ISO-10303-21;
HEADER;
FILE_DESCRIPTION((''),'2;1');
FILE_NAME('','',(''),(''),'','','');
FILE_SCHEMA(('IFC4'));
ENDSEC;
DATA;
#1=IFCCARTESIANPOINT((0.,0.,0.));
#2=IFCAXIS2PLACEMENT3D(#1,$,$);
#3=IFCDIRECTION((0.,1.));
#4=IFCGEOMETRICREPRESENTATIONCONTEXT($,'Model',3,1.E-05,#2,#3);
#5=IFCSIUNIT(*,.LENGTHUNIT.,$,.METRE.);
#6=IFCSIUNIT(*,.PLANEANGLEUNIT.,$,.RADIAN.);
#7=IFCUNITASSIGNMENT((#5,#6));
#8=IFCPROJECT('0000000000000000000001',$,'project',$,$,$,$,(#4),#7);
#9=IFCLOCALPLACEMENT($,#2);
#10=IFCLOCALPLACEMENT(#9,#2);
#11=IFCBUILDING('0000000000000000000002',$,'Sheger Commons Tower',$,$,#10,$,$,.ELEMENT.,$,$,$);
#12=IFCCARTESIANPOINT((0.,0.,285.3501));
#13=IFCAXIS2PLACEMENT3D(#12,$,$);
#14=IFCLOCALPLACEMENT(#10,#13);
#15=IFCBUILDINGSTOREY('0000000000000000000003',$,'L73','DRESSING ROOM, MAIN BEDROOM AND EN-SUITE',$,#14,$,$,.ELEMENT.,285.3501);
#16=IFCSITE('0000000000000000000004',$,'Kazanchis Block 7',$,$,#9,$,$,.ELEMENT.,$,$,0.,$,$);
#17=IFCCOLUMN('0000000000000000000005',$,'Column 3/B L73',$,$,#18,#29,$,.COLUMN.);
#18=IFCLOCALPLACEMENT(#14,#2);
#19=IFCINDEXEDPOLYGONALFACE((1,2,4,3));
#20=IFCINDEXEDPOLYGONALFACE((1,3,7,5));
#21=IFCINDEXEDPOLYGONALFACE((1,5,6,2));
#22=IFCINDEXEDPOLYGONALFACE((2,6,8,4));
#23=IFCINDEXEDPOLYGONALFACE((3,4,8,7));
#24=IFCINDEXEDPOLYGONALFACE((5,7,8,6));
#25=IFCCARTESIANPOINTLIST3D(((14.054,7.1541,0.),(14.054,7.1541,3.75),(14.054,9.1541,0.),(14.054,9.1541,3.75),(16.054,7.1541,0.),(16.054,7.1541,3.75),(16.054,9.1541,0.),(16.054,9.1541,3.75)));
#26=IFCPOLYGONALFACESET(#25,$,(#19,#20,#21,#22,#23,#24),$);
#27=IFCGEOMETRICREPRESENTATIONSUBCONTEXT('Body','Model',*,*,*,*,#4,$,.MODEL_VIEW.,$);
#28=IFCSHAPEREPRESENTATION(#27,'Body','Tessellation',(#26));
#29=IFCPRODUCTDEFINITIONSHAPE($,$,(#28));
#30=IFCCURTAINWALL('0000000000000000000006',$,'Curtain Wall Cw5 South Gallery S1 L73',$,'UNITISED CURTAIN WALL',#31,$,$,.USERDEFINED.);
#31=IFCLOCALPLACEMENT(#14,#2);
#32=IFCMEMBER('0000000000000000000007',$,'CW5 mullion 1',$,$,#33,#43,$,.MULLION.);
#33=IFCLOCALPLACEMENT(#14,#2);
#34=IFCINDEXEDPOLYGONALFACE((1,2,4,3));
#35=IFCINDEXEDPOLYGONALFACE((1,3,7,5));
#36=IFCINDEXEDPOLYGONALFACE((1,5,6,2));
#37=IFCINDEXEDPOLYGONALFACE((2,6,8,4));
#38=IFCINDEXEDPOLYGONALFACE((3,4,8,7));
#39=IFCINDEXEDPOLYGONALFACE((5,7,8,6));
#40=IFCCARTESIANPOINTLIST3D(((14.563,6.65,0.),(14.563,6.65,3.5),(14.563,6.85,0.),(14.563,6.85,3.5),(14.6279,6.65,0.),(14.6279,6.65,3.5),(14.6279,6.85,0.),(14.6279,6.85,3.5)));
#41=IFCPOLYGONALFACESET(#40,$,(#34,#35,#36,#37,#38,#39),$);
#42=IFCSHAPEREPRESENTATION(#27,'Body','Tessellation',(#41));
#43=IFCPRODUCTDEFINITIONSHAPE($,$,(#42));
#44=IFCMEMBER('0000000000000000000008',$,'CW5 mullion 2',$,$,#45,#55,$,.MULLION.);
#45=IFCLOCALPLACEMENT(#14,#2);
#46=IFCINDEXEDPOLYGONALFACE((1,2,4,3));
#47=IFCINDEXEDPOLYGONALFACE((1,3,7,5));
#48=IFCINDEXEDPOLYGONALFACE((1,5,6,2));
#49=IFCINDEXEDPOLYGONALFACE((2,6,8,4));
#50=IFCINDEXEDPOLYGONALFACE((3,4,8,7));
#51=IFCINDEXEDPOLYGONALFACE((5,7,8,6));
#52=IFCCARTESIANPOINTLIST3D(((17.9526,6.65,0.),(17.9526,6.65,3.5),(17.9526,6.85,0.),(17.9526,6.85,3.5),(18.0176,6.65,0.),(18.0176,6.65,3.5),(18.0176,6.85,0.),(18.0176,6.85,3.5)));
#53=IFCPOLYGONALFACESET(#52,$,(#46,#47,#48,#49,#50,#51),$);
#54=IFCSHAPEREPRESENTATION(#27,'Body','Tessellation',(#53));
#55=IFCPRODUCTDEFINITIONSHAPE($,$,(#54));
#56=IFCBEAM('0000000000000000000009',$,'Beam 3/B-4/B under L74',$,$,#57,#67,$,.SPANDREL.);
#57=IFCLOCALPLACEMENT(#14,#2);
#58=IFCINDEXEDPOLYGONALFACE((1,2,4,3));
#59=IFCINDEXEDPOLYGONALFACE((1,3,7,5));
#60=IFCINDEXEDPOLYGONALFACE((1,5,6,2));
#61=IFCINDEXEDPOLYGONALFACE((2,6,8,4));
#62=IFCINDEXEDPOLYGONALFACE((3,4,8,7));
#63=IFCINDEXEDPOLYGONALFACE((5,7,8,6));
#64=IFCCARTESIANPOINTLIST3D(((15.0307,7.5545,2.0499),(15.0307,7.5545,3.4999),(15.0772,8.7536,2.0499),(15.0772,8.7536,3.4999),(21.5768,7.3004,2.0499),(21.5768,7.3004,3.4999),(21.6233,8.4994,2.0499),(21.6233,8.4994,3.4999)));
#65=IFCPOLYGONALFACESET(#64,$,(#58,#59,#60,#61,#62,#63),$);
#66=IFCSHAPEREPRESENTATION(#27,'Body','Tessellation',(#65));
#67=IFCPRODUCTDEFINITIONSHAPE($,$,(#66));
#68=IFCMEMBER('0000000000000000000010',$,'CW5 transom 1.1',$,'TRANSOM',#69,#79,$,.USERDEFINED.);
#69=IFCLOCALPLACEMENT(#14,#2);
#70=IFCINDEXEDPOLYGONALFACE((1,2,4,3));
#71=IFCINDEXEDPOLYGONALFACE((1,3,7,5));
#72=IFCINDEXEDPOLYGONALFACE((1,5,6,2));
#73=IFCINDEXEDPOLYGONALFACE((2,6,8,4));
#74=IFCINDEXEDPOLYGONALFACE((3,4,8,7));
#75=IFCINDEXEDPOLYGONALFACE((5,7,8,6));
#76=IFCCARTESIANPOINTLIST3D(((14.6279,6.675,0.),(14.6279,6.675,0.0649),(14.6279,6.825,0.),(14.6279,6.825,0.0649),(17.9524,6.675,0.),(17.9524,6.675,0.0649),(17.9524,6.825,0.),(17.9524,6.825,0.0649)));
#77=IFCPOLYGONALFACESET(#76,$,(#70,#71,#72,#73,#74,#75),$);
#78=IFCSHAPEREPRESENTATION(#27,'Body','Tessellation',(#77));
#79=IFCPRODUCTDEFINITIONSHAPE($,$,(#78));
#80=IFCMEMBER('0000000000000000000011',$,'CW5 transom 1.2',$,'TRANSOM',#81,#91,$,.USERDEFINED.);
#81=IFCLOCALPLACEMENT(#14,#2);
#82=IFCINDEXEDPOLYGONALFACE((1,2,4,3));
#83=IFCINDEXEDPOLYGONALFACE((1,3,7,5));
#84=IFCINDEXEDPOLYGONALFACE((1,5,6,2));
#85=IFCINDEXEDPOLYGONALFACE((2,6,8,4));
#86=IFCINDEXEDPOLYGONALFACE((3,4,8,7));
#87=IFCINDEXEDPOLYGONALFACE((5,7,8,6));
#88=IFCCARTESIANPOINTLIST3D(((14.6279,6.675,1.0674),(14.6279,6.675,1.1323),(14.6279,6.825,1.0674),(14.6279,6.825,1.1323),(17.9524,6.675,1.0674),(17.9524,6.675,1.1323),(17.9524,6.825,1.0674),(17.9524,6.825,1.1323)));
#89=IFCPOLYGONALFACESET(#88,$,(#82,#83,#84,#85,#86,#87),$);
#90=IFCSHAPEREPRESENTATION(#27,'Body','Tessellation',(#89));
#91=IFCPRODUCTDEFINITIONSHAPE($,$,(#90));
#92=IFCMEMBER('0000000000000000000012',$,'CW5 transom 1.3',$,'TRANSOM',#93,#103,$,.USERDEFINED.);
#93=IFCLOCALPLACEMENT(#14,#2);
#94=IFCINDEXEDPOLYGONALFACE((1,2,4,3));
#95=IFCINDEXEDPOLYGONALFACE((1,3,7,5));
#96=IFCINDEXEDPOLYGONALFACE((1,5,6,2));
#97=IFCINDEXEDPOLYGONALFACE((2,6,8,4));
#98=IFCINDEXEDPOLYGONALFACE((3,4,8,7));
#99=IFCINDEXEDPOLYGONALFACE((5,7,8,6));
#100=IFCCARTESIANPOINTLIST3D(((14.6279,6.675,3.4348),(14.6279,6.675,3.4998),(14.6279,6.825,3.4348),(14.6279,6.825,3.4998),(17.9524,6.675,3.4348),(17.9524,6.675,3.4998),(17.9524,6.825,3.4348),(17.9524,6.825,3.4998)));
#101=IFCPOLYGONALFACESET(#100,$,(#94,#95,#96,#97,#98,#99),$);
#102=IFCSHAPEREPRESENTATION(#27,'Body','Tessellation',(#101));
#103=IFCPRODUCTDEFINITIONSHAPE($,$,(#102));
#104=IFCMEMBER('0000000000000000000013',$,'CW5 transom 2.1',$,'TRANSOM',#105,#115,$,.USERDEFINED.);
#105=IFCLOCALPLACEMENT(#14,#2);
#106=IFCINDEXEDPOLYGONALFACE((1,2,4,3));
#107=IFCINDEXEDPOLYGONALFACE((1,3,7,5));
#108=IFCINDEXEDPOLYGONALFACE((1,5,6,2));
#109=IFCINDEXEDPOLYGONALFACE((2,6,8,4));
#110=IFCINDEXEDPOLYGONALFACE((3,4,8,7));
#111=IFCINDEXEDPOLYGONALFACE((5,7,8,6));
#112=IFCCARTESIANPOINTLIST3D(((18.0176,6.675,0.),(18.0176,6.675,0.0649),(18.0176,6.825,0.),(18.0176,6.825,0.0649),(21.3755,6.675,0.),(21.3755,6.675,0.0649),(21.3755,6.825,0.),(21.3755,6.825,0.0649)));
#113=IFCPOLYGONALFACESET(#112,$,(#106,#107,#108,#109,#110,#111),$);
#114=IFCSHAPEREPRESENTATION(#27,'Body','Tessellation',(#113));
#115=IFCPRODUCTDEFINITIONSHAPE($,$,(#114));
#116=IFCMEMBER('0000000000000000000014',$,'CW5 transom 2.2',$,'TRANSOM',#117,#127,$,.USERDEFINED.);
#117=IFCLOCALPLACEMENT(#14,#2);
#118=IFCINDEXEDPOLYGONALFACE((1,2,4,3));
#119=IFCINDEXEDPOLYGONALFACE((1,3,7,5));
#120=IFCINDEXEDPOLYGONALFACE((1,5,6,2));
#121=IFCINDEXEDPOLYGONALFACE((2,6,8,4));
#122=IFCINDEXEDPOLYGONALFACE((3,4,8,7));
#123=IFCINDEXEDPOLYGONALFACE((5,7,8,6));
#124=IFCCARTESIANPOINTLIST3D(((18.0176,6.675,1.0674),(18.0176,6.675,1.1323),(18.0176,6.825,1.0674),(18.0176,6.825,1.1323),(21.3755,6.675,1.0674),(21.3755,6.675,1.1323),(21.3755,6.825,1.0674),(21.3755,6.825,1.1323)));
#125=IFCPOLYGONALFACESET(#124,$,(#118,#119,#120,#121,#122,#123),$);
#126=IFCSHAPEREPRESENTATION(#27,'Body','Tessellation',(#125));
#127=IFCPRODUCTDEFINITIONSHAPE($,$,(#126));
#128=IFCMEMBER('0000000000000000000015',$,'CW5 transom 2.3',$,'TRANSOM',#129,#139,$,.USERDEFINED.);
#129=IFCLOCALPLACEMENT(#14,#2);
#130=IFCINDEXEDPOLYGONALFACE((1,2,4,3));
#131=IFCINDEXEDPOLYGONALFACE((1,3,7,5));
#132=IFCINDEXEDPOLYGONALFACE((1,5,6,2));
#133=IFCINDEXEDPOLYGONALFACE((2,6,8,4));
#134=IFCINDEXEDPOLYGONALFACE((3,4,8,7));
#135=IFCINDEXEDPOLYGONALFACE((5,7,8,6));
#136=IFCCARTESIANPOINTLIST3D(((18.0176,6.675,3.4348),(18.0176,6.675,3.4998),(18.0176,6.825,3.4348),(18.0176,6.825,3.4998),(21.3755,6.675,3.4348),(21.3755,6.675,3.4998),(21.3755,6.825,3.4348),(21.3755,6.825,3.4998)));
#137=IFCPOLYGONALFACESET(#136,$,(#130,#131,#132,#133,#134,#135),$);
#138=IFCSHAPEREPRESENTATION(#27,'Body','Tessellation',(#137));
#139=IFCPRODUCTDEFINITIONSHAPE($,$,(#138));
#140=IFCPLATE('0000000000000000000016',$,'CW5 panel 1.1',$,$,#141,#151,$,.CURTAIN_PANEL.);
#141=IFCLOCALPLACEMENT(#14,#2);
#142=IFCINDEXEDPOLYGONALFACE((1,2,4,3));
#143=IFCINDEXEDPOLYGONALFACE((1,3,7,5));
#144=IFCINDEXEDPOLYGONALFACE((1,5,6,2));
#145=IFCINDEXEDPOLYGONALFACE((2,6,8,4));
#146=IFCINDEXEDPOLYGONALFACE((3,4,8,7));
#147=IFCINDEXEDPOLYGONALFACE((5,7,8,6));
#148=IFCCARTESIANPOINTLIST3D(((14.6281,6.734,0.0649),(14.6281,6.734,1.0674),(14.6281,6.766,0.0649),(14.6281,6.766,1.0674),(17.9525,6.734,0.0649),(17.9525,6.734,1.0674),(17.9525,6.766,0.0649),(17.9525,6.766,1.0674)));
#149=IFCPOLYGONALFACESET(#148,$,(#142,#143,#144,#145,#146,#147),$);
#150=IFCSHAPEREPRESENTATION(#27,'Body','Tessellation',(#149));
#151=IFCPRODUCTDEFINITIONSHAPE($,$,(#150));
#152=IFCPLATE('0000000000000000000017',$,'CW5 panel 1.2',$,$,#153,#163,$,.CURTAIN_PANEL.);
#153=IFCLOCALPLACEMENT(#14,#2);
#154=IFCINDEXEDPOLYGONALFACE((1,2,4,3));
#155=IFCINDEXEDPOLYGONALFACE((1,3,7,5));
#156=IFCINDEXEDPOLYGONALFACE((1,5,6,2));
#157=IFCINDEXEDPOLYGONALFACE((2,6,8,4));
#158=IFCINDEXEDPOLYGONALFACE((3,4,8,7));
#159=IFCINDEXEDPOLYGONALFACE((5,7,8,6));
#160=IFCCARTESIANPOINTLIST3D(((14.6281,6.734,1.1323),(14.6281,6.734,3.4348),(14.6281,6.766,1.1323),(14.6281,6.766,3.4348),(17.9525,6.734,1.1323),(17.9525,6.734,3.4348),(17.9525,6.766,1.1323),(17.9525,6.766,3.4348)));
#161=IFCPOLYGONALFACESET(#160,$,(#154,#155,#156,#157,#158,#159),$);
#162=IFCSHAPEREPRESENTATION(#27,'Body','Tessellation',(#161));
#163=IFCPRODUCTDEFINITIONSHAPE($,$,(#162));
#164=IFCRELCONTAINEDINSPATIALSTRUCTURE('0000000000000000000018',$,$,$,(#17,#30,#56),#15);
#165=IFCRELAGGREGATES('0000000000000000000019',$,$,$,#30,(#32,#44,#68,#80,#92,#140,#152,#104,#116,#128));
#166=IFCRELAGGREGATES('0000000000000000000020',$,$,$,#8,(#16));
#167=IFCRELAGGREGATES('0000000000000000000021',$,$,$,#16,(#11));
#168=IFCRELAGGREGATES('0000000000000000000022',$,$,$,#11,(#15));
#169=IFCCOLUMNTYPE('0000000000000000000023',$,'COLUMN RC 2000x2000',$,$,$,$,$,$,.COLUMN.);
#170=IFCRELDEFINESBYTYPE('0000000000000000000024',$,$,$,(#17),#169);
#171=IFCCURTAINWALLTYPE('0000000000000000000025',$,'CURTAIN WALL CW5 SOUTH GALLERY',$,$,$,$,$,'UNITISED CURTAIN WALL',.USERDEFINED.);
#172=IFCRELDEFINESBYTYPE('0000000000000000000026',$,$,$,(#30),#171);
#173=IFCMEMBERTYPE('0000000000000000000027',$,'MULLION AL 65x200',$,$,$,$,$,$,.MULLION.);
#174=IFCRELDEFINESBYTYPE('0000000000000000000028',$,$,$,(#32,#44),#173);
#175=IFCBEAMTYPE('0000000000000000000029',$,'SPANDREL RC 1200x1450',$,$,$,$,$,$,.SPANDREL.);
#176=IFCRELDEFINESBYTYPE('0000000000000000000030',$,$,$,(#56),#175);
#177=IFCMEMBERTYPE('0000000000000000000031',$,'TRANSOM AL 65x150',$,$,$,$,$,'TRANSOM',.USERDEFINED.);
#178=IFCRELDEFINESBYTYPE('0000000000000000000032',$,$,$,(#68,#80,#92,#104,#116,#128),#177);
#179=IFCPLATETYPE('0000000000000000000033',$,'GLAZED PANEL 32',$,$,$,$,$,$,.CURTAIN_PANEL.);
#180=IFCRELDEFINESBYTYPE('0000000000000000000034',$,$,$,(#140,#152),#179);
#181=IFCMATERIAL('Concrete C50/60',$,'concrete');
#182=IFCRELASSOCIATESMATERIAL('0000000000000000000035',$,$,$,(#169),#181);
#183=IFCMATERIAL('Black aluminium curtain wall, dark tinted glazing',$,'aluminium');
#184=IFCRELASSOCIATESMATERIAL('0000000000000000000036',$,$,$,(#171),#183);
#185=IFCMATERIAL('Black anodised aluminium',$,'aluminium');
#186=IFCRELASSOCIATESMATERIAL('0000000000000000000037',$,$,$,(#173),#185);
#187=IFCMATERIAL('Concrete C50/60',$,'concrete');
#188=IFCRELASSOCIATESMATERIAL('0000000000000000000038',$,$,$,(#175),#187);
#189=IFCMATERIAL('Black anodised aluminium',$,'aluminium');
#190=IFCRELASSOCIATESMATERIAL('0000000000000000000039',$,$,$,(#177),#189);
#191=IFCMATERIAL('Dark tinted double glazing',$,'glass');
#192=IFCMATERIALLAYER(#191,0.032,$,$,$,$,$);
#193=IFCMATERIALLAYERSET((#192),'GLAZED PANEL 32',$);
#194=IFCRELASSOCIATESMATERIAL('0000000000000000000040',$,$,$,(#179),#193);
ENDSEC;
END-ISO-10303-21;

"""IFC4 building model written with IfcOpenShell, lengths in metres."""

from ifc_helpers import new_model, si_unit, direction, frame, origin, origin_2d, place, context, subcontext, project, spatial, rectangle, extrude, material, layer, layer_set, material_profile, profile_set, type_object, element, aggregate, save


model = new_model("IFC4")

# Units and contexts
model_context = context("Model", 3, precision=1e-05, world=origin(), true_north=direction((0.0, 1.0)))
body_context = subcontext(model_context, "Body", "Model", "MODEL_VIEW")
ifc_project = project(units=[si_unit("LENGTHUNIT", "METRE"), si_unit("PLANEANGLEUNIT", "RADIAN")], contexts=[model_context])

# Site, building, storey
site_placement = place(None, origin())
site = spatial("IfcSite", under=ifc_project, at=site_placement, Name="Kazanchis Block 7", CompositionType="ELEMENT", RefElevation=0.0)
building_placement = place(site_placement, origin())
building = spatial("IfcBuilding", under=site, at=building_placement, Name="Sheger Commons Tower", CompositionType="ELEMENT")
storey_placement = place(building_placement, frame((0.0, 0.0, 285.3501)))
storey = spatial("IfcBuildingStorey", under=building, at=storey_placement, Name="L73", Description="DRESSING ROOM, MAIN BEDROOM AND EN-SUITE", CompositionType="ELEMENT", Elevation=285.3501)

# Column
ifc_material_1 = material(Name="Concrete C50/60", Category="concrete")
ifc_material_profile_1 = material_profile(ifc_material_1, rectangle(XDim=2.0, YDim=2.0, at=origin_2d()), Name="RC 2000x2000")
ifc_profile_set_1 = profile_set([ifc_material_profile_1], Name="Concrete C50/60")
column_type = type_object("IfcColumnType", Name="COLUMN RC 2000x2000", PredefinedType="COLUMN", material=ifc_profile_set_1)
column_placement = place(storey_placement, frame((15.054, 8.1541, 0.0), z_axis=(0.0, 0.0, 1.0), x_axis=(1.0, 0.0, 0.0)))
element("IfcColumn", 1, at=column_placement, inside=storey, type_object=column_type, Name="Column 3/B L73", PredefinedType="COLUMN", context=body_context, shape_type="SweptSolid", body=[
    extrude(rectangle(XDim=2.0, YDim=2.0, at=origin_2d()), origin(), (0.0, 0.0, 1.0), 3.75),
])

# Curtain wall, members
ifc_material_2 = material(Name="Black aluminium curtain wall, dark tinted glazing", Category="aluminium")
curtain_wall_type = type_object("IfcCurtainWallType", Name="CURTAIN WALL CW5 SOUTH GALLERY", ElementType="UNITISED CURTAIN WALL", PredefinedType="USERDEFINED", material=ifc_material_2)
curtain_wall_placement = place(storey_placement, origin())
curtain_wall = element("IfcCurtainWall", 2, at=curtain_wall_placement, inside=storey, type_object=curtain_wall_type, Name="Curtain Wall Cw5 South Gallery S1 L73", ObjectType="UNITISED CURTAIN WALL", PredefinedType="USERDEFINED")
ifc_material_3 = material(Name="Black anodised aluminium", Category="aluminium")
ifc_material_profile_2 = material_profile(ifc_material_3, rectangle(XDim=0.2, YDim=0.0649, at=origin_2d()), Name="AL 65x200")
ifc_profile_set_2 = profile_set([ifc_material_profile_2], Name="Black anodised aluminium")
member_type_1 = type_object("IfcMemberType", Name="MULLION AL 65x200", PredefinedType="MULLION", material=ifc_profile_set_2)
member_1_placement = place(storey_placement, frame((14.5955, 6.75, 0.0), z_axis=(0.0, 0.0, 1.0), x_axis=(0.0, 1.0, 0.0)))
member_1 = element("IfcMember", 3, at=member_1_placement, type_object=member_type_1, Name="CW5 mullion 1", PredefinedType="MULLION", context=body_context, shape_type="SweptSolid", body=[
    extrude(rectangle(XDim=0.2, YDim=0.0649, at=origin_2d()), origin(), (0.0, 0.0, 1.0), 3.5),
])
member_2_placement = place(storey_placement, frame((17.9851, 6.75, 0.0), z_axis=(0.0, 0.0, 1.0), x_axis=(0.0, 1.0, 0.0)))
member_2 = element("IfcMember", 4, at=member_2_placement, type_object=member_type_1, Name="CW5 mullion 2", PredefinedType="MULLION", context=body_context, shape_type="SweptSolid", body=[
    extrude(rectangle(XDim=0.2, YDim=0.0649, at=origin_2d()), origin(), (0.0, 0.0, 1.0), 3.5),
])

# Beam
ifc_material_4 = material(Name="Concrete C50/60", Category="concrete")
ifc_material_profile_3 = material_profile(ifc_material_4, rectangle(XDim=1.2, YDim=1.45, at=origin_2d()), Name="RC 1200x1450")
ifc_profile_set_3 = profile_set([ifc_material_profile_3], Name="Concrete C50/60")
beam_type = type_object("IfcBeamType", Name="SPANDREL RC 1200x1450", PredefinedType="SPANDREL", material=ifc_profile_set_3)
beam_placement = place(storey_placement, frame((15.054, 8.1541, 2.7749), z_axis=(0.999247, -0.038795, 0.0), x_axis=(0.038795, 0.999247, 0.0)))
element("IfcBeam", 5, at=beam_placement, inside=storey, type_object=beam_type, Name="Beam 3/B-4/B under L74", PredefinedType="SPANDREL", context=body_context, shape_type="SweptSolid", body=[
    extrude(rectangle(XDim=1.2, YDim=1.45, at=origin_2d()), origin(), (0.0, 0.0, 1.0), 6.551),
])

# Members
ifc_material_5 = material(Name="Black anodised aluminium", Category="aluminium")
ifc_material_profile_4 = material_profile(ifc_material_5, rectangle(XDim=0.1499, YDim=0.0649, at=origin_2d()), Name="AL 65x150")
ifc_profile_set_4 = profile_set([ifc_material_profile_4], Name="Black anodised aluminium")
member_type_2 = type_object("IfcMemberType", Name="TRANSOM AL 65x150", ElementType="TRANSOM", PredefinedType="USERDEFINED", material=ifc_profile_set_4)
member_3_placement = place(storey_placement, frame((14.6279, 6.75, 0.0325), z_axis=(1.0, 0.0, 0.0), x_axis=(0.0, 1.0, 0.0)))
member_3 = element("IfcMember", 6, at=member_3_placement, type_object=member_type_2, Name="CW5 transom 1.1", ObjectType="TRANSOM", PredefinedType="USERDEFINED", context=body_context, shape_type="SweptSolid", body=[
    extrude(rectangle(XDim=0.1499, YDim=0.0649, at=origin_2d()), origin(), (0.0, 0.0, 1.0), 3.3245),
])
member_4_placement = place(storey_placement, frame((14.6279, 6.75, 1.0999), z_axis=(1.0, 0.0, 0.0), x_axis=(0.0, 1.0, 0.0)))
member_4 = element("IfcMember", 7, at=member_4_placement, type_object=member_type_2, Name="CW5 transom 1.2", ObjectType="TRANSOM", PredefinedType="USERDEFINED", context=body_context, shape_type="SweptSolid", body=[
    extrude(rectangle(XDim=0.1499, YDim=0.0649, at=origin_2d()), origin(), (0.0, 0.0, 1.0), 3.3245),
])
member_5_placement = place(storey_placement, frame((14.6279, 6.75, 3.4673), z_axis=(1.0, 0.0, 0.0), x_axis=(0.0, 1.0, 0.0)))
member_5 = element("IfcMember", 8, at=member_5_placement, type_object=member_type_2, Name="CW5 transom 1.3", ObjectType="TRANSOM", PredefinedType="USERDEFINED", context=body_context, shape_type="SweptSolid", body=[
    extrude(rectangle(XDim=0.1499, YDim=0.0649, at=origin_2d()), origin(), (0.0, 0.0, 1.0), 3.3245),
])
member_6_placement = place(storey_placement, frame((18.0176, 6.75, 0.0325), z_axis=(1.0, 0.0, 0.0), x_axis=(0.0, 1.0, 0.0)))
member_6 = element("IfcMember", 9, at=member_6_placement, type_object=member_type_2, Name="CW5 transom 2.1", ObjectType="TRANSOM", PredefinedType="USERDEFINED", context=body_context, shape_type="SweptSolid", body=[
    extrude(rectangle(XDim=0.1499, YDim=0.0649, at=origin_2d()), origin(), (0.0, 0.0, 1.0), 3.3579),
])
member_7_placement = place(storey_placement, frame((18.0176, 6.75, 1.0999), z_axis=(1.0, 0.0, 0.0), x_axis=(0.0, 1.0, 0.0)))
member_7 = element("IfcMember", 10, at=member_7_placement, type_object=member_type_2, Name="CW5 transom 2.2", ObjectType="TRANSOM", PredefinedType="USERDEFINED", context=body_context, shape_type="SweptSolid", body=[
    extrude(rectangle(XDim=0.1499, YDim=0.0649, at=origin_2d()), origin(), (0.0, 0.0, 1.0), 3.3579),
])
member_8_placement = place(storey_placement, frame((18.0176, 6.75, 3.4673), z_axis=(1.0, 0.0, 0.0), x_axis=(0.0, 1.0, 0.0)))
member_8 = element("IfcMember", 11, at=member_8_placement, type_object=member_type_2, Name="CW5 transom 2.3", ObjectType="TRANSOM", PredefinedType="USERDEFINED", context=body_context, shape_type="SweptSolid", body=[
    extrude(rectangle(XDim=0.1499, YDim=0.0649, at=origin_2d()), origin(), (0.0, 0.0, 1.0), 3.3579),
])

# Plates
ifc_material_6 = material(Name="Dark tinted double glazing", Category="glass")
ifc_layer_1 = layer(ifc_material_6, 0.032)
ifc_layer_set_1 = layer_set([ifc_layer_1], Name="GLAZED PANEL 32")
plate_type = type_object("IfcPlateType", Name="GLAZED PANEL 32", PredefinedType="CURTAIN_PANEL", material=ifc_layer_set_1)
plate_1_placement = place(storey_placement, frame((16.2903, 6.75, 0.0649), z_axis=(0.0, 0.0, 1.0), x_axis=(1.0, 0.0, 0.0)))
plate_1 = element("IfcPlate", 12, at=plate_1_placement, type_object=plate_type, Name="CW5 panel 1.1", PredefinedType="CURTAIN_PANEL", context=body_context, shape_type="SweptSolid", body=[
    extrude(rectangle(XDim=3.3245, YDim=0.032, at=origin_2d()), origin(), (0.0, 0.0, 1.0), 1.0024),
])
plate_2_placement = place(storey_placement, frame((16.2903, 6.75, 1.1323), z_axis=(0.0, 0.0, 1.0), x_axis=(1.0, 0.0, 0.0)))
plate_2 = element("IfcPlate", 13, at=plate_2_placement, type_object=plate_type, Name="CW5 panel 1.2", PredefinedType="CURTAIN_PANEL", context=body_context, shape_type="SweptSolid", body=[
    extrude(rectangle(XDim=3.3245, YDim=0.032, at=origin_2d()), origin(), (0.0, 0.0, 1.0), 2.3025),
])
aggregate(curtain_wall, [member_1, member_2, member_3, member_4, member_5, plate_1, plate_2, member_6, member_7, member_8])

save(model, "model.ifc")
